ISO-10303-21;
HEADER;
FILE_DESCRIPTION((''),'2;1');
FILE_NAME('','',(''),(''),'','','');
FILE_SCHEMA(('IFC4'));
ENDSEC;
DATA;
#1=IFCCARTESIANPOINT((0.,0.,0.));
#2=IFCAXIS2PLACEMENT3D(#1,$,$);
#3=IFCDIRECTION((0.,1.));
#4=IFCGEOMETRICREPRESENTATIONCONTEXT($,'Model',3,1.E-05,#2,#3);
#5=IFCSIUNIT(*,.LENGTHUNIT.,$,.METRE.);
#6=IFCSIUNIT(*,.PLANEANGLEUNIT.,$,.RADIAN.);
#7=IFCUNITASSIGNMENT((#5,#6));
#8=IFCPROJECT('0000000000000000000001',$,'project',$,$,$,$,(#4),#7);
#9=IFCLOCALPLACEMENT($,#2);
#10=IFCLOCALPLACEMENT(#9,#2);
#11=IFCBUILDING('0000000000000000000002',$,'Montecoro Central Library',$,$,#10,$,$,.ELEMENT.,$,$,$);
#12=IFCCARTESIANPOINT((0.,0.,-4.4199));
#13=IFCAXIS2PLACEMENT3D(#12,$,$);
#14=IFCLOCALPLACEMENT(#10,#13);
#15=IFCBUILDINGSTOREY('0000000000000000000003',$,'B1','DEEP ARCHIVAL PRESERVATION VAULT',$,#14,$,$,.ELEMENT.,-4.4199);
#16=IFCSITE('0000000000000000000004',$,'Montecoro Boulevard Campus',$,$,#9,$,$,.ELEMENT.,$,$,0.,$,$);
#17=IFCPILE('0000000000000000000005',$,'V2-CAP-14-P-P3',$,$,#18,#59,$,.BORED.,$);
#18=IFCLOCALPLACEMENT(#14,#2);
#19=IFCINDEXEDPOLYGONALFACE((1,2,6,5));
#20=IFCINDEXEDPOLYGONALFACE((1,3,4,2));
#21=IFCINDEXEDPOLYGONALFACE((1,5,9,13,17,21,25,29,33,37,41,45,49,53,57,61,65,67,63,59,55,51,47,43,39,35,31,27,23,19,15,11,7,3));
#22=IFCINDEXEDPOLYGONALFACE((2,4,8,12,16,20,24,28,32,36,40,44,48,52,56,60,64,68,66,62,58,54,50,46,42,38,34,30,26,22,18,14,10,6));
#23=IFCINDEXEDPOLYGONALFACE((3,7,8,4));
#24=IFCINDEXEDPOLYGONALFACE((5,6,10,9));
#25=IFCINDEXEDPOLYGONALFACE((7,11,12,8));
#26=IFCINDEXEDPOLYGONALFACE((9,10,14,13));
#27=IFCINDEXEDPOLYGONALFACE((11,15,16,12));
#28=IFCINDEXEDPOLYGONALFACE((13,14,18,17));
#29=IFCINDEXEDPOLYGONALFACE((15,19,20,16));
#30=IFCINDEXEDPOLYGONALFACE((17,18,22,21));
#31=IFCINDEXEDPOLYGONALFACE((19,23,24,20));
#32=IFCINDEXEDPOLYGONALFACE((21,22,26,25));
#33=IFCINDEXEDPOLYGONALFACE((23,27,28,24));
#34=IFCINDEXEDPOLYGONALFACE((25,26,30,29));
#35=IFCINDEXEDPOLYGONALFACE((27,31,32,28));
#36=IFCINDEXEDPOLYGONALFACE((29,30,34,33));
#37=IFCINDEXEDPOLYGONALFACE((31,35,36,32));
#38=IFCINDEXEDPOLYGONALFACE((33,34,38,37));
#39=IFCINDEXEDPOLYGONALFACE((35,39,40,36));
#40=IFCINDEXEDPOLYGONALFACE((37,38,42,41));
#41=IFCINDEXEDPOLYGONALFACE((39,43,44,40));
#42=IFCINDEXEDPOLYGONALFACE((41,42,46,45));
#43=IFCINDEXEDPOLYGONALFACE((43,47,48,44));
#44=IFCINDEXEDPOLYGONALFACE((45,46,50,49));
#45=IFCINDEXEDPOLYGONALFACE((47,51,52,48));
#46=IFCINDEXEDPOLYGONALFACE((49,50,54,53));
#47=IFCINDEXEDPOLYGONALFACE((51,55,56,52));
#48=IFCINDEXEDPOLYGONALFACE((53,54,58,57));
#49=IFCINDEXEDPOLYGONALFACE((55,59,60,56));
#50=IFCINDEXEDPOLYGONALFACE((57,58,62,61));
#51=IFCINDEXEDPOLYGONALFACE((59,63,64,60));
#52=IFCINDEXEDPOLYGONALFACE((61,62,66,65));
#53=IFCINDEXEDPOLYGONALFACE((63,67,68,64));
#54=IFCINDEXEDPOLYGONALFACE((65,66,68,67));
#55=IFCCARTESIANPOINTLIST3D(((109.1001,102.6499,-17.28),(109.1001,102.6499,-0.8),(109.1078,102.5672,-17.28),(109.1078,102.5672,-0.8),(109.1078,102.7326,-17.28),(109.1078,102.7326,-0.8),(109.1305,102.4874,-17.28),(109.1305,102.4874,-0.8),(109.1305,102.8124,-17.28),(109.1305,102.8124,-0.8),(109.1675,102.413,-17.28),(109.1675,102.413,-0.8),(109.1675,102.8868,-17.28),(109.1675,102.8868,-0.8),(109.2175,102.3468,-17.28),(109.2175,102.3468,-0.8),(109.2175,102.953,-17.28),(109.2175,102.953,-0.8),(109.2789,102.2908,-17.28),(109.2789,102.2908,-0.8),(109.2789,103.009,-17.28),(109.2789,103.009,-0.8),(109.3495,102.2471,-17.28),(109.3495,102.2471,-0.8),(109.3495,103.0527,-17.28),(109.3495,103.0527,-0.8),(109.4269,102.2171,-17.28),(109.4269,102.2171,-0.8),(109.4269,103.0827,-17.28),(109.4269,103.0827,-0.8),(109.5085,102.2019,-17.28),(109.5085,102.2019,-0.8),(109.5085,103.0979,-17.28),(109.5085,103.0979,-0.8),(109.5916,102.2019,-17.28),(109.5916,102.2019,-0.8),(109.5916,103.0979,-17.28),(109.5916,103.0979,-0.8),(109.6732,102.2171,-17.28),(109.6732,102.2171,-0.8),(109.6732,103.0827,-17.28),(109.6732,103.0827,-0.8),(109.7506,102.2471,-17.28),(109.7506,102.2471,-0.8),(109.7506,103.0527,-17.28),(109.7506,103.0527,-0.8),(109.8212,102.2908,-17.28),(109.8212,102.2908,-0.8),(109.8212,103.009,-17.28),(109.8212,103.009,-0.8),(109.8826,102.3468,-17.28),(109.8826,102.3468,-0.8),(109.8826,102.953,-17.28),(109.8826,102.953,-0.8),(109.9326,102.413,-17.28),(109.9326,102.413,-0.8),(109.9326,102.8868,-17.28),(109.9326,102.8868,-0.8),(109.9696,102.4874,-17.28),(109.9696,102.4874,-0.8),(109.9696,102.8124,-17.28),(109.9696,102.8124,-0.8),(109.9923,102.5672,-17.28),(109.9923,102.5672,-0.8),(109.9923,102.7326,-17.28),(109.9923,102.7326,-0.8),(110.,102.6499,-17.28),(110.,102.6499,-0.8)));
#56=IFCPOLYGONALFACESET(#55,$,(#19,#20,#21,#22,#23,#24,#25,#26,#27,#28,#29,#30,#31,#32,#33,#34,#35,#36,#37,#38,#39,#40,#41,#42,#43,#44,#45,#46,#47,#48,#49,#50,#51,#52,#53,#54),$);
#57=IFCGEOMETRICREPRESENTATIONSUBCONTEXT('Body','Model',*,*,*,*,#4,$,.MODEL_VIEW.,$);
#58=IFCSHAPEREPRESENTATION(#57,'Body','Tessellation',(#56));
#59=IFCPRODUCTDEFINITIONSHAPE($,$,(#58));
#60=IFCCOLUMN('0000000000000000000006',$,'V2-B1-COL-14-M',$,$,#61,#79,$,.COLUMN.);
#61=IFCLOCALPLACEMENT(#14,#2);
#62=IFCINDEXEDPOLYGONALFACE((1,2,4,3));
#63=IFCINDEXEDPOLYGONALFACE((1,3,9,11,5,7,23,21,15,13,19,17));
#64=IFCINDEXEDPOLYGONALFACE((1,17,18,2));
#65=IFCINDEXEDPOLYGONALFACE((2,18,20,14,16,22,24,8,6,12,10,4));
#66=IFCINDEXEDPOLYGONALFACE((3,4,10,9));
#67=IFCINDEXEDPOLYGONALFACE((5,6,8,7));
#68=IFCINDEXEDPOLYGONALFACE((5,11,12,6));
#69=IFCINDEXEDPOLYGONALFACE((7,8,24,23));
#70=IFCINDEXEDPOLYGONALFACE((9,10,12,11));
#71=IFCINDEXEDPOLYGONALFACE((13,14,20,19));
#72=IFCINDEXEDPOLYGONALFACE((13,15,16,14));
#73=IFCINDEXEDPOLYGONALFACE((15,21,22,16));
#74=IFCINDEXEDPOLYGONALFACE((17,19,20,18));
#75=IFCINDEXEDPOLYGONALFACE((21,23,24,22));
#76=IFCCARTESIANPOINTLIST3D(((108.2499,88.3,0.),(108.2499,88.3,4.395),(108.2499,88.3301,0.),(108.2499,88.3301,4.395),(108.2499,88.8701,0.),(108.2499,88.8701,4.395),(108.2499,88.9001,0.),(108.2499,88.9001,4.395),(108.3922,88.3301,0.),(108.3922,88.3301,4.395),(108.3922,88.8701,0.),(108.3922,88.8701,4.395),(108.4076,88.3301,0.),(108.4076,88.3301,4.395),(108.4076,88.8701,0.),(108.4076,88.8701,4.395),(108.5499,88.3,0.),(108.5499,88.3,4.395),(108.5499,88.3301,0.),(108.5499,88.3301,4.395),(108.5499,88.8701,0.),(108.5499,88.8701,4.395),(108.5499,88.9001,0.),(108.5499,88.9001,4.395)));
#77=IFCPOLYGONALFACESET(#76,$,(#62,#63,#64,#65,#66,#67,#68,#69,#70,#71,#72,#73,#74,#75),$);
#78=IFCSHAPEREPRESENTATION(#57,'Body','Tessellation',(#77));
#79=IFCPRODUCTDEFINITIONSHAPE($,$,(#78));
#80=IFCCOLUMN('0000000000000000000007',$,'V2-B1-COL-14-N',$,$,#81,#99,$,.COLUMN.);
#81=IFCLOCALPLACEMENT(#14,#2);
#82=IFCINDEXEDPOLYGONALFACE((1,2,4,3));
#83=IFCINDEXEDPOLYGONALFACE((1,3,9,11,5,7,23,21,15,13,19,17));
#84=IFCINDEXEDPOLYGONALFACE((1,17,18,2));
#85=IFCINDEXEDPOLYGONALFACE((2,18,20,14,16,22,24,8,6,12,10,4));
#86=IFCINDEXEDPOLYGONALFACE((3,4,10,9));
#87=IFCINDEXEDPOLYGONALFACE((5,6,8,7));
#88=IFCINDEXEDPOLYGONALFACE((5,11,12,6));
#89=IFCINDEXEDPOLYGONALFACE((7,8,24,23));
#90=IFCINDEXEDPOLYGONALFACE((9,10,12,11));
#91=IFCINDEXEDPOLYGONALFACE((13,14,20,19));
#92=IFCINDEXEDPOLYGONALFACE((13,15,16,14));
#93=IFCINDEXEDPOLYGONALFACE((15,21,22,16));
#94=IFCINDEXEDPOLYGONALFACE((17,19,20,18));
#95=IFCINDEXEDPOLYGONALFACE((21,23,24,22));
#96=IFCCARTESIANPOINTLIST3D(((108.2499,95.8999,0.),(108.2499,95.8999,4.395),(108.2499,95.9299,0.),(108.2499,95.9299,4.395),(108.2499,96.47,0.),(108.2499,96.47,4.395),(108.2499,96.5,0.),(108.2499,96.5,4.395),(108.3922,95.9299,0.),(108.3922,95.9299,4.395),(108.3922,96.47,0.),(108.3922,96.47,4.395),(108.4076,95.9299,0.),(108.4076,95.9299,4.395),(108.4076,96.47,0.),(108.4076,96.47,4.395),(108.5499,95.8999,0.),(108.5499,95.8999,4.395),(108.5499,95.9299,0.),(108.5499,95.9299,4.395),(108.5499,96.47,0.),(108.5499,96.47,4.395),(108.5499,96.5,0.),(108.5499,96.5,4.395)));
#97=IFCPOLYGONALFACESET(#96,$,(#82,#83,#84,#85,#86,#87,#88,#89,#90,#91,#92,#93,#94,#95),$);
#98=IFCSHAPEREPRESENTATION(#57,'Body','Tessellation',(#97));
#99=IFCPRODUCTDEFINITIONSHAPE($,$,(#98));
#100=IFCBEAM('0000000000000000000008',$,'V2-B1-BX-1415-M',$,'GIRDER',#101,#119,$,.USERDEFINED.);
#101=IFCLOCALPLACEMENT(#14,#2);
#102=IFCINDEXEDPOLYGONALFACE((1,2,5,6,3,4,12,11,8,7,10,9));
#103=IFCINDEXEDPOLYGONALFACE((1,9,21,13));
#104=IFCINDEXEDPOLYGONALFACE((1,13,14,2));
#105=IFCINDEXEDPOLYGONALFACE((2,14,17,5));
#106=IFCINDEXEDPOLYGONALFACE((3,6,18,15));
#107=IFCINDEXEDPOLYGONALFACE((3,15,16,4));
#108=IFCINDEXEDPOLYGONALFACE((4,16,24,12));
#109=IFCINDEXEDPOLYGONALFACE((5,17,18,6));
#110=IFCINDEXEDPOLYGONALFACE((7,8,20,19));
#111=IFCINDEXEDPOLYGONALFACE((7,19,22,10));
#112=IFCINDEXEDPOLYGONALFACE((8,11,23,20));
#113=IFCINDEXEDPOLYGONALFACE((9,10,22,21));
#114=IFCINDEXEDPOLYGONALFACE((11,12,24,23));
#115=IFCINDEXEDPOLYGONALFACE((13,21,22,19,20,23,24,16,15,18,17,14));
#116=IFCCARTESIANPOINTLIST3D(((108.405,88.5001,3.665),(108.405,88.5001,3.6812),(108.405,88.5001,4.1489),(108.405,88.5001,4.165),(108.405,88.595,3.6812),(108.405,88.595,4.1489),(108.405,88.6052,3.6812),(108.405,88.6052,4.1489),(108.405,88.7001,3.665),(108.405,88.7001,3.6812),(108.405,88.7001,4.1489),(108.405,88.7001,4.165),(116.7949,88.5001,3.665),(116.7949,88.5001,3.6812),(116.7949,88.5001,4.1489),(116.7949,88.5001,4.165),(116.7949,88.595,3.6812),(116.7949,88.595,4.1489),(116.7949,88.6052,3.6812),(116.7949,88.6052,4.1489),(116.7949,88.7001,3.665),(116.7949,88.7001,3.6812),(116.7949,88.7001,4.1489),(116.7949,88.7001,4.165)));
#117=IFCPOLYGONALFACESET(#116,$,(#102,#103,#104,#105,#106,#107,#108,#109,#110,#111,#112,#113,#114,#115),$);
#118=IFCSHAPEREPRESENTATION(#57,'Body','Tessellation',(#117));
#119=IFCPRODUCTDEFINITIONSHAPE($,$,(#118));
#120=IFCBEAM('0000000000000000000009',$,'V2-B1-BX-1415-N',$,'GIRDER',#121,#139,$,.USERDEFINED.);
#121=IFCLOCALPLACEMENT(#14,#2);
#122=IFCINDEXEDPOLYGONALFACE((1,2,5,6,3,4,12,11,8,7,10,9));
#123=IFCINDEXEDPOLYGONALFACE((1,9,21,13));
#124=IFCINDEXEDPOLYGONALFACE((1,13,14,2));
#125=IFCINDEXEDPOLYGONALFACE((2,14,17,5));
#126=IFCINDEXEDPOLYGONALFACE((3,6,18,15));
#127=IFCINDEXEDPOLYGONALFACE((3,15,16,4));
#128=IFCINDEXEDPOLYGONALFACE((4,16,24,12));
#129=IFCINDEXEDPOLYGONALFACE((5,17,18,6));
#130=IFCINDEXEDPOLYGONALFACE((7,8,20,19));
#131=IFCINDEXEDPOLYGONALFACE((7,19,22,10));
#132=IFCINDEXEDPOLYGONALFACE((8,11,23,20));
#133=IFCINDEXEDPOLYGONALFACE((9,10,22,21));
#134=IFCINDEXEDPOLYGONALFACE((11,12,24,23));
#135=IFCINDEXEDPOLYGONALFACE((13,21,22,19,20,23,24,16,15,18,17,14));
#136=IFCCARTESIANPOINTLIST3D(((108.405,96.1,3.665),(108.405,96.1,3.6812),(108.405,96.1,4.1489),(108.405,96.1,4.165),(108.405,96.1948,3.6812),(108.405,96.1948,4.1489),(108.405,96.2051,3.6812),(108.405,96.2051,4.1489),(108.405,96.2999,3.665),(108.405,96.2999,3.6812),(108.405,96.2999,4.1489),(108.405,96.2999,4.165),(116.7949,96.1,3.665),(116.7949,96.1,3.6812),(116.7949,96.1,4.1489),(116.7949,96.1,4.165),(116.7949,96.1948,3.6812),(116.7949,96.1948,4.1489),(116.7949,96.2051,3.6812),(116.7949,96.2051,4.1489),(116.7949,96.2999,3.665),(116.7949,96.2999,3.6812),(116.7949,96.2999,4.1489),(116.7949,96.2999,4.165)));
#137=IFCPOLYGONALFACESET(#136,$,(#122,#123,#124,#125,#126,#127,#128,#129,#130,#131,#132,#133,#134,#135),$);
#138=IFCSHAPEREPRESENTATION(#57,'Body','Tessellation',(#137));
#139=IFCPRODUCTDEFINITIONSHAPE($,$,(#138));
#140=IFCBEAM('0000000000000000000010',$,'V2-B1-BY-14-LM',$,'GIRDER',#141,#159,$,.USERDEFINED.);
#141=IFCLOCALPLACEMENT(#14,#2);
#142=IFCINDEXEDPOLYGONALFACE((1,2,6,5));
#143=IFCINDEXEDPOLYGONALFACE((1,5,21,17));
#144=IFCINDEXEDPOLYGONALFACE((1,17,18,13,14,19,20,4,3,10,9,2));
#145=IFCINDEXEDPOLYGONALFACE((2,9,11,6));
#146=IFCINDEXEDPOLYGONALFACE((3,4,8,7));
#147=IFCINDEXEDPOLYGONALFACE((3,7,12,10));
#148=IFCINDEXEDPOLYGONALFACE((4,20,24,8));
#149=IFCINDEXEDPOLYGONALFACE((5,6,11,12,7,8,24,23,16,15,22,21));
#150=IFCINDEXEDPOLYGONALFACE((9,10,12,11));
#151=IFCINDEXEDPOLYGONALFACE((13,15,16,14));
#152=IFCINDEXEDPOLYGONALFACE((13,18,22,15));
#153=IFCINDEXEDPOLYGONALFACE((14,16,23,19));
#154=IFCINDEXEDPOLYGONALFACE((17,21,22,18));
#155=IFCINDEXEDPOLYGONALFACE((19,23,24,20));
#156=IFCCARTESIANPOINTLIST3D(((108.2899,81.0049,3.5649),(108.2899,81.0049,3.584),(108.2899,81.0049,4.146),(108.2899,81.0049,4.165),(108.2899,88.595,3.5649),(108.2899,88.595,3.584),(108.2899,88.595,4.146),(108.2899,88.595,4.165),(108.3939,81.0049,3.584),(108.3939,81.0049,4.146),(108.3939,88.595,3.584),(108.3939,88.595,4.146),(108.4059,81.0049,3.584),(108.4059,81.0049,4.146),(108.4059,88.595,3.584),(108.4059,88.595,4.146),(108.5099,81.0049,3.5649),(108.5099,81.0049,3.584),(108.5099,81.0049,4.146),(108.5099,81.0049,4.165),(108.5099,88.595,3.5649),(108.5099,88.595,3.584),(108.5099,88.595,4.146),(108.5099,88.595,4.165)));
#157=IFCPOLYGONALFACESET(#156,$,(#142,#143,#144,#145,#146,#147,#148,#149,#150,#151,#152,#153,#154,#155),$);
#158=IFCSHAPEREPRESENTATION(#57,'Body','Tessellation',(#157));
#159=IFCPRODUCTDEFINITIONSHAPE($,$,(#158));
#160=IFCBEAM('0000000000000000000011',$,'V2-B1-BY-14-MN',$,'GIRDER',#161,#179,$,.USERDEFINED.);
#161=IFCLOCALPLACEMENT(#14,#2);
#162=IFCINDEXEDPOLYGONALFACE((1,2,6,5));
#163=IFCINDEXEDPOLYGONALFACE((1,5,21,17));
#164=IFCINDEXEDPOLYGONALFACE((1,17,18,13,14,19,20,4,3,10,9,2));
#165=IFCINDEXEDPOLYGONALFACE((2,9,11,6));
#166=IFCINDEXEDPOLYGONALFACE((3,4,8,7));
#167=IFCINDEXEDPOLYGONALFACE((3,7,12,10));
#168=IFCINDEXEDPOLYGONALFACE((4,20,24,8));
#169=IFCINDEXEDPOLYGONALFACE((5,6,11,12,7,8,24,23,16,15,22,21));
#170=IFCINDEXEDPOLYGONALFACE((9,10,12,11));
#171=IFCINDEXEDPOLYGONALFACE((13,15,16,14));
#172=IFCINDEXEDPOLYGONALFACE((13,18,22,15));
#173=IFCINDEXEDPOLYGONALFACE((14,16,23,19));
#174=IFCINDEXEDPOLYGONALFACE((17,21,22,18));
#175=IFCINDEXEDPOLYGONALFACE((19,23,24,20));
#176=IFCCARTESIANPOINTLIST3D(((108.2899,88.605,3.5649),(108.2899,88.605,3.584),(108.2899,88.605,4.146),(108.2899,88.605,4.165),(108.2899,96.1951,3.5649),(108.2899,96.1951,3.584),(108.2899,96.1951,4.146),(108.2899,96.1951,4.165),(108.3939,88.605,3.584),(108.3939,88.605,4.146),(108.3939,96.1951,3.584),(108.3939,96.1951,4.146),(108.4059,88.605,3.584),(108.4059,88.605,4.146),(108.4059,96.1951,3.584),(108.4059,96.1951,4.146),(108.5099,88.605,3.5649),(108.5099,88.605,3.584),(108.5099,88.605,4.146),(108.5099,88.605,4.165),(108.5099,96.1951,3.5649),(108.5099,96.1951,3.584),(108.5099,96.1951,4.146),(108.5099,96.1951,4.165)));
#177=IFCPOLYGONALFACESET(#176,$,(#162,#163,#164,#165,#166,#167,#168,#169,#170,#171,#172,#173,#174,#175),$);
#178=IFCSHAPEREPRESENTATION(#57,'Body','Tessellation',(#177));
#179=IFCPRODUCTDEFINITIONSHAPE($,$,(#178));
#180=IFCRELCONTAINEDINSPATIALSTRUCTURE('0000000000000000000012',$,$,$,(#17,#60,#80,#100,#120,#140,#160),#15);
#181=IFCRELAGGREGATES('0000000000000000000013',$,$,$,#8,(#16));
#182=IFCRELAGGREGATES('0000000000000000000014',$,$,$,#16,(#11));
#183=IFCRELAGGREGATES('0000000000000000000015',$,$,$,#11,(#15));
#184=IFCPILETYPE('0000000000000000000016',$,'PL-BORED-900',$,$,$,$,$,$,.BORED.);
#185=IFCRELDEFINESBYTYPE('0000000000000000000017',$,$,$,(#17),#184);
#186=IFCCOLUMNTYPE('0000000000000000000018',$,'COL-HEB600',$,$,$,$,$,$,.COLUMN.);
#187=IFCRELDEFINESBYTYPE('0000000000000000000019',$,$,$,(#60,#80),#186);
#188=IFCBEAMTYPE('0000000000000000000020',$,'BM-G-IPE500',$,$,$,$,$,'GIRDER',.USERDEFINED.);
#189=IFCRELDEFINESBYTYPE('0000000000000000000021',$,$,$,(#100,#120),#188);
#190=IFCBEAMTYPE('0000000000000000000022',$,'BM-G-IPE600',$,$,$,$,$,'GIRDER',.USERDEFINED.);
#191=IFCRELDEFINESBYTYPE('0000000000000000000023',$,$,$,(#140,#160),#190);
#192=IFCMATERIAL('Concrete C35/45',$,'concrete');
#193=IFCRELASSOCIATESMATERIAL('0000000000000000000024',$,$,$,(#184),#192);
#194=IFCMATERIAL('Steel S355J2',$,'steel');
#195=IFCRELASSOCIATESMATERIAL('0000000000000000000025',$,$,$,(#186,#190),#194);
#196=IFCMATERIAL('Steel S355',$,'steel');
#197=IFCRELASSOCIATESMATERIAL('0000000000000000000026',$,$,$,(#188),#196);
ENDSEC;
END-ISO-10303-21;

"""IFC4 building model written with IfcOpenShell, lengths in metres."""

from ifc_helpers import new_model, si_unit, direction, frame, origin, origin_2d, place, context, subcontext, project, spatial, circle, i_section, extrude, material, material_profile, profile_set, type_object, element, save


model = new_model("IFC4")

# Units and contexts
model_context = context("Model", 3, precision=1e-05, world=origin(), true_north=direction((0.0, 1.0)))
body_context = subcontext(model_context, "Body", "Model", "MODEL_VIEW")
ifc_project = project(units=[si_unit("LENGTHUNIT", "METRE"), si_unit("PLANEANGLEUNIT", "RADIAN")], contexts=[model_context])

# Site, building, storey
site_placement = place(None, origin())
site = spatial("IfcSite", under=ifc_project, at=site_placement, Name="Montecoro Boulevard Campus", CompositionType="ELEMENT", RefElevation=0.0)
building_placement = place(site_placement, origin())
building = spatial("IfcBuilding", under=site, at=building_placement, Name="Montecoro Central Library", CompositionType="ELEMENT")
storey_placement = place(building_placement, frame((0.0, 0.0, -4.4199)))
storey = spatial("IfcBuildingStorey", under=building, at=storey_placement, Name="B1", Description="DEEP ARCHIVAL PRESERVATION VAULT", CompositionType="ELEMENT", Elevation=-4.4199)

# Shared definitions
ifc_material_1 = material(Name="Concrete C35/45", Category="concrete")

# Pile
ifc_material_profile_1 = material_profile(ifc_material_1, circle(Radius=0.45, at=origin_2d()), Name="PILE D900")
ifc_profile_set_1 = profile_set([ifc_material_profile_1], Name="Concrete C35/45")
pile_type_1 = type_object("IfcPileType", Name="PL-BORED-900", PredefinedType="BORED", material=ifc_profile_set_1)
for number, where, z_axis, x_axis, name in (
    (1, (109.55, 102.6499, -0.8), (0.0, 0.0, -1.0), (1.0, 0.0, 0.0), "V2-CAP-14-P-P3"),
):
    element("IfcPile", number, at=place(storey_placement, frame(where, z_axis=z_axis, x_axis=x_axis)), inside=storey, type_object=pile_type_1, Name=name, PredefinedType="BORED", context=body_context, shape_type="SweptSolid", body=[
        extrude(circle(Radius=0.45, at=origin_2d()), origin(), (0.0, 0.0, 1.0), 16.48),
    ])

# Columns
ifc_material_2 = material(Name="Steel S355J2", Category="steel")
ifc_material_profile_2 = material_profile(ifc_material_2, i_section(OverallWidth=0.3, OverallDepth=0.6001, WebThickness=0.0154, FlangeThickness=0.03, at=origin_2d()), Name="HEB 600")
ifc_profile_set_2 = profile_set([ifc_material_profile_2], Name="Steel S355J2")
column_type = type_object("IfcColumnType", Name="COL-HEB600", PredefinedType="COLUMN", material=ifc_profile_set_2)
for number, where, z_axis, x_axis, name in (
    (2, (108.3999, 88.6001, 0.0), (0.0, 0.0, 1.0), (1.0, 0.0, 0.0), "V2-B1-COL-14-M"),
    (3, (108.3999, 96.2, 0.0), (0.0, 0.0, 1.0), (1.0, 0.0, 0.0), "V2-B1-COL-14-N"),
):
    element("IfcColumn", number, at=place(storey_placement, frame(where, z_axis=z_axis, x_axis=x_axis)), inside=storey, type_object=column_type, Name=name, PredefinedType="COLUMN", context=body_context, shape_type="SweptSolid", body=[
        extrude(i_section(OverallWidth=0.3, OverallDepth=0.6001, WebThickness=0.0154, FlangeThickness=0.03, at=origin_2d()), origin(), (0.0, 0.0, 1.0), 4.395),
    ])

# Beams
ifc_material_3 = material(Name="Steel S355", Category="steel")
ifc_material_profile_3 = material_profile(ifc_material_3, i_section(OverallWidth=0.2, OverallDepth=0.5, WebThickness=0.0103, FlangeThickness=0.0161, at=origin_2d()), Name="IPE 500")
ifc_profile_set_3 = profile_set([ifc_material_profile_3], Name="Steel S355")
beam_type_1 = type_object("IfcBeamType", Name="BM-G-IPE500", ElementType="GIRDER", PredefinedType="USERDEFINED", material=ifc_profile_set_3)
for number, where, z_axis, x_axis, name in (
    (4, (108.405, 88.6001, 3.915), (1.0, 0.0, 0.0), (0.0, 1.0, 0.0), "V2-B1-BX-1415-M"),
    (5, (108.405, 96.2, 3.915), (1.0, 0.0, 0.0), (0.0, 1.0, 0.0), "V2-B1-BX-1415-N"),
):
    element("IfcBeam", number, at=place(storey_placement, frame(where, z_axis=z_axis, x_axis=x_axis)), inside=storey, type_object=beam_type_1, Name=name, ObjectType="GIRDER", PredefinedType="USERDEFINED", context=body_context, shape_type="SweptSolid", body=[
        extrude(i_section(OverallWidth=0.2, OverallDepth=0.5, WebThickness=0.0103, FlangeThickness=0.0161, at=origin_2d()), origin(), (0.0, 0.0, 1.0), 8.3899),
    ])
ifc_material_profile_4 = material_profile(ifc_material_2, i_section(OverallWidth=0.22, OverallDepth=0.6001, WebThickness=0.012, FlangeThickness=0.019, at=origin_2d()), Name="IPE 600")
ifc_profile_set_4 = profile_set([ifc_material_profile_4], Name="Steel S355J2")
beam_type_2 = type_object("IfcBeamType", Name="BM-G-IPE600", ElementType="GIRDER", PredefinedType="USERDEFINED", material=ifc_profile_set_4)
for number, where, z_axis, x_axis, name in (
    (6, (108.3999, 81.0049, 3.865), (0.0, 1.0, 0.0), (-1.0, 0.0, 0.0), "V2-B1-BY-14-LM"),
    (7, (108.3999, 88.605, 3.865), (0.0, 1.0, 0.0), (-1.0, 0.0, 0.0), "V2-B1-BY-14-MN"),
):
    element("IfcBeam", number, at=place(storey_placement, frame(where, z_axis=z_axis, x_axis=x_axis)), inside=storey, type_object=beam_type_2, Name=name, ObjectType="GIRDER", PredefinedType="USERDEFINED", context=body_context, shape_type="SweptSolid", body=[
        extrude(i_section(OverallWidth=0.22, OverallDepth=0.6001, WebThickness=0.012, FlangeThickness=0.019, at=origin_2d()), origin(), (0.0, 0.0, 1.0), 7.5901),
    ])

save(model, "model.ifc")
